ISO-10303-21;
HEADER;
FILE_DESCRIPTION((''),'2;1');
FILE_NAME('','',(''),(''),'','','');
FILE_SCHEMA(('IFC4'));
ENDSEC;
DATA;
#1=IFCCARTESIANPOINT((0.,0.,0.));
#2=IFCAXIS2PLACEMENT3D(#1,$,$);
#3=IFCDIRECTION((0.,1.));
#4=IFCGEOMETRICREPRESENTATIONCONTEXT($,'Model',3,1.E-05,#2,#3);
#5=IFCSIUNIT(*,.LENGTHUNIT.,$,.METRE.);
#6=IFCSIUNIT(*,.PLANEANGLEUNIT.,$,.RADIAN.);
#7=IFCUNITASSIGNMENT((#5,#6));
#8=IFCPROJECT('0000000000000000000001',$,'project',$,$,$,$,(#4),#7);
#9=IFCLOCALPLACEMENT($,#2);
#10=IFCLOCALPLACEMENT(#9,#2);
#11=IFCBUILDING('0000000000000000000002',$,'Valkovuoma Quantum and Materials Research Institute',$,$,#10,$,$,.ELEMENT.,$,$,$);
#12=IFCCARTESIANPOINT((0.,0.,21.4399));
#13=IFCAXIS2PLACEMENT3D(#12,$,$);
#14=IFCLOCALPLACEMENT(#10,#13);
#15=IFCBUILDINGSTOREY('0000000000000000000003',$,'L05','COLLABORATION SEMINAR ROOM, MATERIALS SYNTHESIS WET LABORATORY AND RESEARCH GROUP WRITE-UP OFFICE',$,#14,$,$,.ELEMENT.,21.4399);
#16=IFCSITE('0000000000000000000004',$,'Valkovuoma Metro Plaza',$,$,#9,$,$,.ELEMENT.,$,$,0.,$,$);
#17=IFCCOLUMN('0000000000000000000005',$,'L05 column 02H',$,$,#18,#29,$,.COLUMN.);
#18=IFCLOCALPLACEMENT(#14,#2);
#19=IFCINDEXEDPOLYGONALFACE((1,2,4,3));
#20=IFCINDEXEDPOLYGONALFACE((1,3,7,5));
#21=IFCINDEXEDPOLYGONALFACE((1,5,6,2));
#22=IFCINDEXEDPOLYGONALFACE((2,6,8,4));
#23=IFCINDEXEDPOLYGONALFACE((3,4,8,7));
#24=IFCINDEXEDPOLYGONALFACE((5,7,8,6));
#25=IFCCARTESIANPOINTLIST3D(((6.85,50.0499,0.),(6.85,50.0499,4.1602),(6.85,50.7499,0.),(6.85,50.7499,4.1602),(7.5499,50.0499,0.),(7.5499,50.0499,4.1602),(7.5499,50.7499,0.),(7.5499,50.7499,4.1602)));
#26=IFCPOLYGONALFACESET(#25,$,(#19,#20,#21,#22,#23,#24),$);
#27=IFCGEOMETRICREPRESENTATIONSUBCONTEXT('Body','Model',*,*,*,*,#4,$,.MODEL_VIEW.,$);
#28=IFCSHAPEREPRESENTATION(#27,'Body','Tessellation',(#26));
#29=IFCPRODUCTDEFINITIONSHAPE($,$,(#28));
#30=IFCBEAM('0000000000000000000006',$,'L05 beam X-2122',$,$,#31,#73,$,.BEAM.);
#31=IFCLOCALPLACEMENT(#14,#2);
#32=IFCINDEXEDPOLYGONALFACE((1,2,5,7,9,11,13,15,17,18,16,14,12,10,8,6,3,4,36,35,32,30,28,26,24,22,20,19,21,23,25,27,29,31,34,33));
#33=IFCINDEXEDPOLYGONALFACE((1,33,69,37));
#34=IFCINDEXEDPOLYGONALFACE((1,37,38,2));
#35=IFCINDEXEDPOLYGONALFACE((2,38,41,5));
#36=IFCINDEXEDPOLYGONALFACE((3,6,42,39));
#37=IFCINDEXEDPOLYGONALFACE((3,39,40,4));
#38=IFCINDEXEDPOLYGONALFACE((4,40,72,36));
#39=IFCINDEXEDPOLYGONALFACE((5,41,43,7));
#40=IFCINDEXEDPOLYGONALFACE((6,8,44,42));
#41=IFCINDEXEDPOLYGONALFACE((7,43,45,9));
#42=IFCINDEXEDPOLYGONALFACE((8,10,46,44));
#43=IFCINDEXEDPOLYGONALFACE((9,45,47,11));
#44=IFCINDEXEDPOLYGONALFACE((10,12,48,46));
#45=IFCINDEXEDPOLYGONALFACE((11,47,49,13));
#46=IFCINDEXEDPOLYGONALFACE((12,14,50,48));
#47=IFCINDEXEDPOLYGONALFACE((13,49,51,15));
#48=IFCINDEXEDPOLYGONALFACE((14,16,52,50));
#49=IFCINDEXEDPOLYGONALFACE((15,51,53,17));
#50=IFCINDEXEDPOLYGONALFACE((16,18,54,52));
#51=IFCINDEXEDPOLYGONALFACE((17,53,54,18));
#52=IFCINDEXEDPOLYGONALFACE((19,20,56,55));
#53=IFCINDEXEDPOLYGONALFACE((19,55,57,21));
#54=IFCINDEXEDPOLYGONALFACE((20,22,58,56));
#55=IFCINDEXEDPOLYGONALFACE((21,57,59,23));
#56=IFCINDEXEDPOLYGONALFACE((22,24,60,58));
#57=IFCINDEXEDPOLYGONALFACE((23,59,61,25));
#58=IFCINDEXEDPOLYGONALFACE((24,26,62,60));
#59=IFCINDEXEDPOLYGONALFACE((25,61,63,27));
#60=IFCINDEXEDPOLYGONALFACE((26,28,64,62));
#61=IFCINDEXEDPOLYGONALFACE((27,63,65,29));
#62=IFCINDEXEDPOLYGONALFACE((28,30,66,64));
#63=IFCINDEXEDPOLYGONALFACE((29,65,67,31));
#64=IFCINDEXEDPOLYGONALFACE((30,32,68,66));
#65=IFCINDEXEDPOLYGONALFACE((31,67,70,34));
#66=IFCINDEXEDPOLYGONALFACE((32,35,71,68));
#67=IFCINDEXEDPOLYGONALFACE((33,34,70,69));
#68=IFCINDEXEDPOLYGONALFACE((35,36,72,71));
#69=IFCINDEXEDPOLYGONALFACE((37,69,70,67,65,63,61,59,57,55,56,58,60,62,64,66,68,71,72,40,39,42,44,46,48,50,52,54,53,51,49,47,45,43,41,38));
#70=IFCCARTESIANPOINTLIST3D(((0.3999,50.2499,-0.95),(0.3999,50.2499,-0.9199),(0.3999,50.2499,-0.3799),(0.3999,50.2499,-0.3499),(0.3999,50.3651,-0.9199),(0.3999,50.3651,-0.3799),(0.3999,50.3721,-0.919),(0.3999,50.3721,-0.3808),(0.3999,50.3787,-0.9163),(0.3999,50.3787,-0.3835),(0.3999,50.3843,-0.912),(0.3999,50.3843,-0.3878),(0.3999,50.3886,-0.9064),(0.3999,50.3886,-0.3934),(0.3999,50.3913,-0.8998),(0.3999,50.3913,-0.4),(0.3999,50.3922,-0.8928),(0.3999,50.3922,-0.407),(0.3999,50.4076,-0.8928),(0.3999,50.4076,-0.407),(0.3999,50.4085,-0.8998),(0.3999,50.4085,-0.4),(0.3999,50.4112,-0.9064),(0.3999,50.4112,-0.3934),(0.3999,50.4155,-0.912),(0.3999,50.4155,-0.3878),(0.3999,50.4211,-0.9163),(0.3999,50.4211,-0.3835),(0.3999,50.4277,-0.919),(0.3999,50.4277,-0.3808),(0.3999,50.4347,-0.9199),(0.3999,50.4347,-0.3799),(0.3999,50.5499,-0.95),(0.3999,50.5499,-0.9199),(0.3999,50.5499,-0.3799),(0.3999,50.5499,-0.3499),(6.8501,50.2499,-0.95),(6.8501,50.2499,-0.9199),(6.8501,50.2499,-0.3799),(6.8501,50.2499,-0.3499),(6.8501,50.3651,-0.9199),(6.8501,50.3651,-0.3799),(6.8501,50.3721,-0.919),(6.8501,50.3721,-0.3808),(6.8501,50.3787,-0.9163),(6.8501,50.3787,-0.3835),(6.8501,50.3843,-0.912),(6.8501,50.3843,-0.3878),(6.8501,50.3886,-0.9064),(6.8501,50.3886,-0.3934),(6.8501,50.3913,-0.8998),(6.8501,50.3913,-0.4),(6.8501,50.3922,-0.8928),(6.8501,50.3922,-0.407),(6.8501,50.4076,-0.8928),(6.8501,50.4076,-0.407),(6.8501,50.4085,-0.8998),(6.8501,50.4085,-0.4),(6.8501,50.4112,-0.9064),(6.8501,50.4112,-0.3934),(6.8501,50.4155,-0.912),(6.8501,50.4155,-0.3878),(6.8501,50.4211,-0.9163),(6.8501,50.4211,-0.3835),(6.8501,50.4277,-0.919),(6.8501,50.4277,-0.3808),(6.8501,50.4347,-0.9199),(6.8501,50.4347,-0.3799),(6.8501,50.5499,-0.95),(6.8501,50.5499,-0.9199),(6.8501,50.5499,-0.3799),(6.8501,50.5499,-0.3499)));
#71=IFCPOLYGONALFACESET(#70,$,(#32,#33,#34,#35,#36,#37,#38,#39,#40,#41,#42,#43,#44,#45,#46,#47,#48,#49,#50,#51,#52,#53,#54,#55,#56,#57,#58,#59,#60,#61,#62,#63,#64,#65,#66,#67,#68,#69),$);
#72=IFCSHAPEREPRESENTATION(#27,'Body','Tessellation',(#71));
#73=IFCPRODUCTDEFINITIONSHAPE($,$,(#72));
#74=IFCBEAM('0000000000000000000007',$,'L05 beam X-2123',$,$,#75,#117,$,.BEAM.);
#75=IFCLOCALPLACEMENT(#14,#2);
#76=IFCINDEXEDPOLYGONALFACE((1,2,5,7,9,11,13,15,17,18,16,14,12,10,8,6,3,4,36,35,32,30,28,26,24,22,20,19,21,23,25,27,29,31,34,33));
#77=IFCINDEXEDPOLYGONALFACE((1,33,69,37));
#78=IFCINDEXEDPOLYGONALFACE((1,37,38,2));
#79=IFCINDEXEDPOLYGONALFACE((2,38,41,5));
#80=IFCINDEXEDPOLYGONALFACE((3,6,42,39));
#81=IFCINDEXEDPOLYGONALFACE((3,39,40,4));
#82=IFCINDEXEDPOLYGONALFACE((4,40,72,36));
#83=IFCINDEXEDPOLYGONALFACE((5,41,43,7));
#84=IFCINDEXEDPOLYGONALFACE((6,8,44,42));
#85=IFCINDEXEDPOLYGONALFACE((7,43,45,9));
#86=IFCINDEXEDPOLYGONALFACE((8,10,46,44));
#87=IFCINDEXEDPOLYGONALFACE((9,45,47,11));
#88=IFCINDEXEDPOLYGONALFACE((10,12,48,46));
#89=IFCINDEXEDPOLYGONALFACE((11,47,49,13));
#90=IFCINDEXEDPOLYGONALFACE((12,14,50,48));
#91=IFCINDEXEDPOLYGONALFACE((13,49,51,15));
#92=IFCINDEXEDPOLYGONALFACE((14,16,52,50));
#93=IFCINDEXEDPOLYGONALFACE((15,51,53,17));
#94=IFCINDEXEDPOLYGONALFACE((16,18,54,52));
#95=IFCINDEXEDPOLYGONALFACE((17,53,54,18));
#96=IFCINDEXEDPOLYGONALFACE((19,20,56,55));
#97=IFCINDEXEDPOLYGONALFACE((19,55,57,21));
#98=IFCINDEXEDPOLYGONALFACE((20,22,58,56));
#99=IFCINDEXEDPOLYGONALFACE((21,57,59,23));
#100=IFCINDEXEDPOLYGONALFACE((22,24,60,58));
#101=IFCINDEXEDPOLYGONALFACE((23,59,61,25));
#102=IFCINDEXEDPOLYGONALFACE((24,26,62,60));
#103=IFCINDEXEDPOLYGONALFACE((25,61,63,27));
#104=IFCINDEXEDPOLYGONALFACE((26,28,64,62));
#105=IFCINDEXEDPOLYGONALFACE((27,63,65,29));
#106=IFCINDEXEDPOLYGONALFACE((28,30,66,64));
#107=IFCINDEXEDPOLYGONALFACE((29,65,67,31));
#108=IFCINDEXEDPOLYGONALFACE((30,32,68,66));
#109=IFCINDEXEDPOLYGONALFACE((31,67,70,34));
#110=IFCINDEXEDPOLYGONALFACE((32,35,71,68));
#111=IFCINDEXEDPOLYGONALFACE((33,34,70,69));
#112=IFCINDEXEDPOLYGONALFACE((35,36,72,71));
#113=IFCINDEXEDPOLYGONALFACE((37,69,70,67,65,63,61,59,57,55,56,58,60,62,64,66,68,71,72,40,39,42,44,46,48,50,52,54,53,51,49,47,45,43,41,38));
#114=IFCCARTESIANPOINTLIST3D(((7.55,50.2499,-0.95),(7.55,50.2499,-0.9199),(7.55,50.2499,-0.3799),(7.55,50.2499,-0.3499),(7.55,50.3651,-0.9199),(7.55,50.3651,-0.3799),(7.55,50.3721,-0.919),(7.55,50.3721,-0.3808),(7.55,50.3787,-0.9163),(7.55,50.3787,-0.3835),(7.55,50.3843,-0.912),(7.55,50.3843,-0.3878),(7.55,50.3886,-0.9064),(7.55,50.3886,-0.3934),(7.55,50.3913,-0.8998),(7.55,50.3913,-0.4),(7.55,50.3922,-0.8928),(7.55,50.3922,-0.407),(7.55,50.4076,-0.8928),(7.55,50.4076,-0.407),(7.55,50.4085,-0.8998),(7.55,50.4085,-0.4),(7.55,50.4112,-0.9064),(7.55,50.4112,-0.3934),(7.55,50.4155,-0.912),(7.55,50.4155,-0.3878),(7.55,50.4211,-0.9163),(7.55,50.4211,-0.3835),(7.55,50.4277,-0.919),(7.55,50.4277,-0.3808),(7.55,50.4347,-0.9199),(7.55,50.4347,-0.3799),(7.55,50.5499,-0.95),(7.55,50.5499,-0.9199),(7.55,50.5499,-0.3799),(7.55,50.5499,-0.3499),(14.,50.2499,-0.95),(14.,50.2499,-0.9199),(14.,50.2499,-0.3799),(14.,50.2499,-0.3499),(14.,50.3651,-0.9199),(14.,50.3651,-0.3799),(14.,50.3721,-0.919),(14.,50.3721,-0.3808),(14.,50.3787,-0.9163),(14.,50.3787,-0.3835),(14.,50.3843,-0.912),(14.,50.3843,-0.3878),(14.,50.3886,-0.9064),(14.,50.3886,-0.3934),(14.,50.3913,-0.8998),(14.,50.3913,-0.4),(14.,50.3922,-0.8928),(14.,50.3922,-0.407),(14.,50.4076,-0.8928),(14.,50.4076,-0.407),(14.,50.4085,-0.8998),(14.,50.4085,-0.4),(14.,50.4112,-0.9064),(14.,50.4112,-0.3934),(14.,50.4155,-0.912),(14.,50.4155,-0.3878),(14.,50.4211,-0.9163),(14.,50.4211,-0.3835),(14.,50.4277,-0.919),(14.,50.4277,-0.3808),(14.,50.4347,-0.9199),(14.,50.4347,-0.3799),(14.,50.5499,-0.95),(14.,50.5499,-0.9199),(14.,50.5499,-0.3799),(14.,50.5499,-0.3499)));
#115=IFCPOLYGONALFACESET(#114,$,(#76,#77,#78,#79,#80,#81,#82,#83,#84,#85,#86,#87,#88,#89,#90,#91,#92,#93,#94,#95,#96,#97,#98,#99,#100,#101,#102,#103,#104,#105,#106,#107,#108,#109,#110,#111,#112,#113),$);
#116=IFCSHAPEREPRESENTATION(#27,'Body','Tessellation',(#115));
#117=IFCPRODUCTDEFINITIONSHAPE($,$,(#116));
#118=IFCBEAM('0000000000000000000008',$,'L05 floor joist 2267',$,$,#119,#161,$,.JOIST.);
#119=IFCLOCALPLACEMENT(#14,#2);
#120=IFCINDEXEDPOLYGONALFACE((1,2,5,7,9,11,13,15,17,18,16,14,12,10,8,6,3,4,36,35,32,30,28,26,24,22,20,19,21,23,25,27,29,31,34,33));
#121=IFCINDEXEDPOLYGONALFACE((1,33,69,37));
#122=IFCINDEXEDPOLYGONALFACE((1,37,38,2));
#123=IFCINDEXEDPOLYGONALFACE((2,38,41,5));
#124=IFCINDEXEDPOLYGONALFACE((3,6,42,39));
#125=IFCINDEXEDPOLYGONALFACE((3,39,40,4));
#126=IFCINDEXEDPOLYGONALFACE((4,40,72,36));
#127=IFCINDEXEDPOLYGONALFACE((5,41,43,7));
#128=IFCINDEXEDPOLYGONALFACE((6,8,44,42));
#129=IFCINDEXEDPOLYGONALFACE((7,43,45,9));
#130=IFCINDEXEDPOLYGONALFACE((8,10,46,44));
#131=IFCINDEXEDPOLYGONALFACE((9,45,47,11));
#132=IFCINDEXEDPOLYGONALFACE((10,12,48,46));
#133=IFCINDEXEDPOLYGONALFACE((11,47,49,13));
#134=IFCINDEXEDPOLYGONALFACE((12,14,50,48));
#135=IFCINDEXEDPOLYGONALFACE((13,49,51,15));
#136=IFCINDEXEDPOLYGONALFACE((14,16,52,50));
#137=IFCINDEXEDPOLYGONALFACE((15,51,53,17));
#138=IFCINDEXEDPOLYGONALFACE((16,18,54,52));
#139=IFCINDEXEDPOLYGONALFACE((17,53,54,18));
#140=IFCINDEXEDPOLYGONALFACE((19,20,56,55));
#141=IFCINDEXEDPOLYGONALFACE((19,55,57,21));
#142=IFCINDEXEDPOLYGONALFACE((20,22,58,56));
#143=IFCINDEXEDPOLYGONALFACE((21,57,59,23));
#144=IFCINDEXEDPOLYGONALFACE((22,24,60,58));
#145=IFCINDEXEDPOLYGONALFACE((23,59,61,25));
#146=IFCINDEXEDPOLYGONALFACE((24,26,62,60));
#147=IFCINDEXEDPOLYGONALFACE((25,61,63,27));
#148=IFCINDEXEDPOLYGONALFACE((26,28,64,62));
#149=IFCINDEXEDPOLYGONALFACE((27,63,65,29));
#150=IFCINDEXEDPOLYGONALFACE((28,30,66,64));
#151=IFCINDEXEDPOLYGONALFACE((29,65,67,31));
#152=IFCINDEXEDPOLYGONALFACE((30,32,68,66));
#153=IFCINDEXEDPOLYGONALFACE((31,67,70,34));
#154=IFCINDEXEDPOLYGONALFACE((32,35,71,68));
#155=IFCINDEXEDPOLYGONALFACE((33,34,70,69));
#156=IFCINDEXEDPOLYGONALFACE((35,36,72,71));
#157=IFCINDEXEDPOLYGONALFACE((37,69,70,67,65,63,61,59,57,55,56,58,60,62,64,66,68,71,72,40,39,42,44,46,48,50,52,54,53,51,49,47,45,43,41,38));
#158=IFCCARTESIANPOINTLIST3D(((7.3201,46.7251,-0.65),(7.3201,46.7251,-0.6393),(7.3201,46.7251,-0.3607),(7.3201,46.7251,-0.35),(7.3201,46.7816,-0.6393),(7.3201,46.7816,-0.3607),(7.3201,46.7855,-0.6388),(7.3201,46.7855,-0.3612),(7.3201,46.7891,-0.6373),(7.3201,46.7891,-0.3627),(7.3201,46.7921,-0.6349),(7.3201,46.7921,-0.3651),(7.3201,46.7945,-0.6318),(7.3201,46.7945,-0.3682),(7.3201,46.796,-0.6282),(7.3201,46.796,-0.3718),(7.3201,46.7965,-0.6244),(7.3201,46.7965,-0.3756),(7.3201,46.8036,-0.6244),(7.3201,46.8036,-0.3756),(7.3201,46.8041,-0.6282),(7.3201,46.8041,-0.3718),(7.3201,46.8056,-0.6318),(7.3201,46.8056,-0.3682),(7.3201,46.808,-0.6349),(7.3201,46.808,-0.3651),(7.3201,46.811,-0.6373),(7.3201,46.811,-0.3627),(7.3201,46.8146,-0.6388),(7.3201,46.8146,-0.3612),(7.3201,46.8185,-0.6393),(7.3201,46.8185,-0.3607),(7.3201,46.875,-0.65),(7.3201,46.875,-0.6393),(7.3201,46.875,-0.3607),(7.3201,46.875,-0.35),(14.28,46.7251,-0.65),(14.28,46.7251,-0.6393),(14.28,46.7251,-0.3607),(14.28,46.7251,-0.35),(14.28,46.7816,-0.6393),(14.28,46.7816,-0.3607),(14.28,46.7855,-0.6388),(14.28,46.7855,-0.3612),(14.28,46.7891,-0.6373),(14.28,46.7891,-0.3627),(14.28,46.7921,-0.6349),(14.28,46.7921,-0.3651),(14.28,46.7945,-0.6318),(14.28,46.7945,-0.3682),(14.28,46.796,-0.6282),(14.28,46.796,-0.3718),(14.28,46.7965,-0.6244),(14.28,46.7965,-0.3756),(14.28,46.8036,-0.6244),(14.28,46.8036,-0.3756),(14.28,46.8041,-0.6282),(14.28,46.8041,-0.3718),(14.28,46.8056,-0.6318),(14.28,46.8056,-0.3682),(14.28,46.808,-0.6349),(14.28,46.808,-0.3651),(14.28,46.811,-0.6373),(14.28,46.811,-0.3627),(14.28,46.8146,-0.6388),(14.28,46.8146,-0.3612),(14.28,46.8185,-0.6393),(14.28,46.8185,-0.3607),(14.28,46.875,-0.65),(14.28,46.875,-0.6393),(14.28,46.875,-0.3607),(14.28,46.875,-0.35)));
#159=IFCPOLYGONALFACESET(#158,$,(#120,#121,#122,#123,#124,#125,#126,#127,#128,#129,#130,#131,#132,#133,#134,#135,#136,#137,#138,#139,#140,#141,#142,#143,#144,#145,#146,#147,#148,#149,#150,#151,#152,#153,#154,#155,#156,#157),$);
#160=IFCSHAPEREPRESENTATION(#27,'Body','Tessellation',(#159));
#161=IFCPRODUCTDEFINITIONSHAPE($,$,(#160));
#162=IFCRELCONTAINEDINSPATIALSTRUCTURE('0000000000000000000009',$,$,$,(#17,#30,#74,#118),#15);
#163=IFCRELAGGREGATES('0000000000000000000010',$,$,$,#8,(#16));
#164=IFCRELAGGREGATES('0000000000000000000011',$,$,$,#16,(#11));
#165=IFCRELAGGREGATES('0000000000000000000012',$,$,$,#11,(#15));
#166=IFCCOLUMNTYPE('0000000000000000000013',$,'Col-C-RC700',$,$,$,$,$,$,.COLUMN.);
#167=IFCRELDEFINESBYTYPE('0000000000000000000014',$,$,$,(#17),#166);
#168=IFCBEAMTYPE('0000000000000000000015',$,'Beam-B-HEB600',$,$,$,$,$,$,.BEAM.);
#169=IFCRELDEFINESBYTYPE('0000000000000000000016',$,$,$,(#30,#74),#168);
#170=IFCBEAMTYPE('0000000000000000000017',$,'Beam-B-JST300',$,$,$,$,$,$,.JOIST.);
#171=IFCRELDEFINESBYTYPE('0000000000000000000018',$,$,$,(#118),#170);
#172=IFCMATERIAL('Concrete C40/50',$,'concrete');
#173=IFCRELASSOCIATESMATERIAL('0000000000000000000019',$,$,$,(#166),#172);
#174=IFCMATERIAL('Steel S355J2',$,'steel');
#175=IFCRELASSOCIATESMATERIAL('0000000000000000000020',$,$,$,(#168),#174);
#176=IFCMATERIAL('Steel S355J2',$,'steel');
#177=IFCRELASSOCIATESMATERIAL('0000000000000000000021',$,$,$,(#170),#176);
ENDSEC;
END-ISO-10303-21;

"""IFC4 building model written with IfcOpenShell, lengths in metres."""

from ifc_helpers import new_model, si_unit, direction, frame, origin, origin_2d, place, context, subcontext, project, spatial, rectangle, i_section, extrude, material, material_profile, profile_set, type_object, element, save


model = new_model("IFC4")

# Units and contexts
model_context = context("Model", 3, precision=1e-05, world=origin(), true_north=direction((0.0, 1.0)))
body_context = subcontext(model_context, "Body", "Model", "MODEL_VIEW")
ifc_project = project(units=[si_unit("LENGTHUNIT", "METRE"), si_unit("PLANEANGLEUNIT", "RADIAN")], contexts=[model_context])

# Site, building, storey
site_placement = place(None, origin())
site = spatial("IfcSite", under=ifc_project, at=site_placement, Name="Valkovuoma Metro Plaza", CompositionType="ELEMENT", RefElevation=0.0)
building_placement = place(site_placement, origin())
building = spatial("IfcBuilding", under=site, at=building_placement, Name="Valkovuoma Quantum and Materials Research Institute", CompositionType="ELEMENT")
storey_placement = place(building_placement, frame((0.0, 0.0, 21.4399)))
storey = spatial("IfcBuildingStorey", under=building, at=storey_placement, Name="L05", Description="COLLABORATION SEMINAR ROOM, MATERIALS SYNTHESIS WET LABORATORY AND RESEARCH GROUP WRITE-UP OFFICE", CompositionType="ELEMENT", Elevation=21.4399)

# Column
ifc_material_1 = material(Name="Concrete C40/50", Category="concrete")
ifc_material_profile_1 = material_profile(ifc_material_1, rectangle(XDim=0.7, YDim=0.7, at=origin_2d()), Name="Concrete C40/50")
ifc_profile_set_1 = profile_set([ifc_material_profile_1], Name="Concrete C40/50")
column_type = type_object("IfcColumnType", Name="Col-C-RC700", PredefinedType="COLUMN", material=ifc_profile_set_1)
column_placement = place(storey_placement, frame((7.2, 50.3999, 0.0), z_axis=(0.0, 0.0, 1.0), x_axis=(1.0, 0.0, 0.0)))
element("IfcColumn", 1, at=column_placement, inside=storey, type_object=column_type, Name="L05 column 02H", PredefinedType="COLUMN", context=body_context, shape_type="SweptSolid", body=[
    extrude(rectangle(XDim=0.7, YDim=0.7, at=origin_2d()), origin(), (0.0, 0.0, 1.0), 4.1602),
])

# Beams
ifc_material_2 = material(Name="Steel S355J2", Category="steel")
ifc_material_profile_2 = material_profile(ifc_material_2, i_section(OverallWidth=0.3, OverallDepth=0.6001, WebThickness=0.0154, FlangeThickness=0.03, FilletRadius=0.0271, at=origin_2d()), Name="Steel S355J2")
ifc_profile_set_2 = profile_set([ifc_material_profile_2], Name="Steel S355J2")
beam_type_1 = type_object("IfcBeamType", Name="Beam-B-HEB600", PredefinedType="BEAM", material=ifc_profile_set_2)
beam_1_placement = place(storey_placement, frame((0.3999, 50.3999, -0.6499), z_axis=(1.0, 0.0, 0.0), x_axis=(0.0, 1.0, 0.0)))
element("IfcBeam", 2, at=beam_1_placement, inside=storey, type_object=beam_type_1, Name="L05 beam X-2122", PredefinedType="BEAM", context=body_context, shape_type="SweptSolid", body=[
    extrude(i_section(OverallWidth=0.3, OverallDepth=0.6001, WebThickness=0.0154, FlangeThickness=0.03, FilletRadius=0.0271, at=origin_2d()), origin(), (0.0, 0.0, 1.0), 6.4502),
])
beam_2_placement = place(storey_placement, frame((7.55, 50.3999, -0.6499), z_axis=(1.0, 0.0, 0.0), x_axis=(0.0, 1.0, 0.0)))
element("IfcBeam", 3, at=beam_2_placement, inside=storey, type_object=beam_type_1, Name="L05 beam X-2123", PredefinedType="BEAM", context=body_context, shape_type="SweptSolid", body=[
    extrude(i_section(OverallWidth=0.3, OverallDepth=0.6001, WebThickness=0.0154, FlangeThickness=0.03, FilletRadius=0.0271, at=origin_2d()), origin(), (0.0, 0.0, 1.0), 6.45),
])
ifc_material_3 = material(Name="Steel S355J2", Category="steel")
ifc_material_profile_3 = material_profile(ifc_material_3, i_section(OverallWidth=0.1499, OverallDepth=0.3, WebThickness=0.0071, FlangeThickness=0.0107, FilletRadius=0.0149, at=origin_2d()), Name="Steel S355J2")
ifc_profile_set_3 = profile_set([ifc_material_profile_3], Name="Steel S355J2")
beam_type_2 = type_object("IfcBeamType", Name="Beam-B-JST300", PredefinedType="JOIST", material=ifc_profile_set_3)
for number, where, z_axis, x_axis, name in (
    (4, (7.3201, 46.8, -0.5), (1.0, 0.0, 0.0), (0.0, 1.0, 0.0), "L05 floor joist 2267"),
):
    element("IfcBeam", number, at=place(storey_placement, frame(where, z_axis=z_axis, x_axis=x_axis)), inside=storey, type_object=beam_type_2, Name=name, PredefinedType="JOIST", context=body_context, shape_type="SweptSolid", body=[
        extrude(i_section(OverallWidth=0.1499, OverallDepth=0.3, WebThickness=0.0071, FlangeThickness=0.0107, FilletRadius=0.0149, at=origin_2d()), origin(), (0.0, 0.0, 1.0), 6.96),
    ])

save(model, "model.ifc")
